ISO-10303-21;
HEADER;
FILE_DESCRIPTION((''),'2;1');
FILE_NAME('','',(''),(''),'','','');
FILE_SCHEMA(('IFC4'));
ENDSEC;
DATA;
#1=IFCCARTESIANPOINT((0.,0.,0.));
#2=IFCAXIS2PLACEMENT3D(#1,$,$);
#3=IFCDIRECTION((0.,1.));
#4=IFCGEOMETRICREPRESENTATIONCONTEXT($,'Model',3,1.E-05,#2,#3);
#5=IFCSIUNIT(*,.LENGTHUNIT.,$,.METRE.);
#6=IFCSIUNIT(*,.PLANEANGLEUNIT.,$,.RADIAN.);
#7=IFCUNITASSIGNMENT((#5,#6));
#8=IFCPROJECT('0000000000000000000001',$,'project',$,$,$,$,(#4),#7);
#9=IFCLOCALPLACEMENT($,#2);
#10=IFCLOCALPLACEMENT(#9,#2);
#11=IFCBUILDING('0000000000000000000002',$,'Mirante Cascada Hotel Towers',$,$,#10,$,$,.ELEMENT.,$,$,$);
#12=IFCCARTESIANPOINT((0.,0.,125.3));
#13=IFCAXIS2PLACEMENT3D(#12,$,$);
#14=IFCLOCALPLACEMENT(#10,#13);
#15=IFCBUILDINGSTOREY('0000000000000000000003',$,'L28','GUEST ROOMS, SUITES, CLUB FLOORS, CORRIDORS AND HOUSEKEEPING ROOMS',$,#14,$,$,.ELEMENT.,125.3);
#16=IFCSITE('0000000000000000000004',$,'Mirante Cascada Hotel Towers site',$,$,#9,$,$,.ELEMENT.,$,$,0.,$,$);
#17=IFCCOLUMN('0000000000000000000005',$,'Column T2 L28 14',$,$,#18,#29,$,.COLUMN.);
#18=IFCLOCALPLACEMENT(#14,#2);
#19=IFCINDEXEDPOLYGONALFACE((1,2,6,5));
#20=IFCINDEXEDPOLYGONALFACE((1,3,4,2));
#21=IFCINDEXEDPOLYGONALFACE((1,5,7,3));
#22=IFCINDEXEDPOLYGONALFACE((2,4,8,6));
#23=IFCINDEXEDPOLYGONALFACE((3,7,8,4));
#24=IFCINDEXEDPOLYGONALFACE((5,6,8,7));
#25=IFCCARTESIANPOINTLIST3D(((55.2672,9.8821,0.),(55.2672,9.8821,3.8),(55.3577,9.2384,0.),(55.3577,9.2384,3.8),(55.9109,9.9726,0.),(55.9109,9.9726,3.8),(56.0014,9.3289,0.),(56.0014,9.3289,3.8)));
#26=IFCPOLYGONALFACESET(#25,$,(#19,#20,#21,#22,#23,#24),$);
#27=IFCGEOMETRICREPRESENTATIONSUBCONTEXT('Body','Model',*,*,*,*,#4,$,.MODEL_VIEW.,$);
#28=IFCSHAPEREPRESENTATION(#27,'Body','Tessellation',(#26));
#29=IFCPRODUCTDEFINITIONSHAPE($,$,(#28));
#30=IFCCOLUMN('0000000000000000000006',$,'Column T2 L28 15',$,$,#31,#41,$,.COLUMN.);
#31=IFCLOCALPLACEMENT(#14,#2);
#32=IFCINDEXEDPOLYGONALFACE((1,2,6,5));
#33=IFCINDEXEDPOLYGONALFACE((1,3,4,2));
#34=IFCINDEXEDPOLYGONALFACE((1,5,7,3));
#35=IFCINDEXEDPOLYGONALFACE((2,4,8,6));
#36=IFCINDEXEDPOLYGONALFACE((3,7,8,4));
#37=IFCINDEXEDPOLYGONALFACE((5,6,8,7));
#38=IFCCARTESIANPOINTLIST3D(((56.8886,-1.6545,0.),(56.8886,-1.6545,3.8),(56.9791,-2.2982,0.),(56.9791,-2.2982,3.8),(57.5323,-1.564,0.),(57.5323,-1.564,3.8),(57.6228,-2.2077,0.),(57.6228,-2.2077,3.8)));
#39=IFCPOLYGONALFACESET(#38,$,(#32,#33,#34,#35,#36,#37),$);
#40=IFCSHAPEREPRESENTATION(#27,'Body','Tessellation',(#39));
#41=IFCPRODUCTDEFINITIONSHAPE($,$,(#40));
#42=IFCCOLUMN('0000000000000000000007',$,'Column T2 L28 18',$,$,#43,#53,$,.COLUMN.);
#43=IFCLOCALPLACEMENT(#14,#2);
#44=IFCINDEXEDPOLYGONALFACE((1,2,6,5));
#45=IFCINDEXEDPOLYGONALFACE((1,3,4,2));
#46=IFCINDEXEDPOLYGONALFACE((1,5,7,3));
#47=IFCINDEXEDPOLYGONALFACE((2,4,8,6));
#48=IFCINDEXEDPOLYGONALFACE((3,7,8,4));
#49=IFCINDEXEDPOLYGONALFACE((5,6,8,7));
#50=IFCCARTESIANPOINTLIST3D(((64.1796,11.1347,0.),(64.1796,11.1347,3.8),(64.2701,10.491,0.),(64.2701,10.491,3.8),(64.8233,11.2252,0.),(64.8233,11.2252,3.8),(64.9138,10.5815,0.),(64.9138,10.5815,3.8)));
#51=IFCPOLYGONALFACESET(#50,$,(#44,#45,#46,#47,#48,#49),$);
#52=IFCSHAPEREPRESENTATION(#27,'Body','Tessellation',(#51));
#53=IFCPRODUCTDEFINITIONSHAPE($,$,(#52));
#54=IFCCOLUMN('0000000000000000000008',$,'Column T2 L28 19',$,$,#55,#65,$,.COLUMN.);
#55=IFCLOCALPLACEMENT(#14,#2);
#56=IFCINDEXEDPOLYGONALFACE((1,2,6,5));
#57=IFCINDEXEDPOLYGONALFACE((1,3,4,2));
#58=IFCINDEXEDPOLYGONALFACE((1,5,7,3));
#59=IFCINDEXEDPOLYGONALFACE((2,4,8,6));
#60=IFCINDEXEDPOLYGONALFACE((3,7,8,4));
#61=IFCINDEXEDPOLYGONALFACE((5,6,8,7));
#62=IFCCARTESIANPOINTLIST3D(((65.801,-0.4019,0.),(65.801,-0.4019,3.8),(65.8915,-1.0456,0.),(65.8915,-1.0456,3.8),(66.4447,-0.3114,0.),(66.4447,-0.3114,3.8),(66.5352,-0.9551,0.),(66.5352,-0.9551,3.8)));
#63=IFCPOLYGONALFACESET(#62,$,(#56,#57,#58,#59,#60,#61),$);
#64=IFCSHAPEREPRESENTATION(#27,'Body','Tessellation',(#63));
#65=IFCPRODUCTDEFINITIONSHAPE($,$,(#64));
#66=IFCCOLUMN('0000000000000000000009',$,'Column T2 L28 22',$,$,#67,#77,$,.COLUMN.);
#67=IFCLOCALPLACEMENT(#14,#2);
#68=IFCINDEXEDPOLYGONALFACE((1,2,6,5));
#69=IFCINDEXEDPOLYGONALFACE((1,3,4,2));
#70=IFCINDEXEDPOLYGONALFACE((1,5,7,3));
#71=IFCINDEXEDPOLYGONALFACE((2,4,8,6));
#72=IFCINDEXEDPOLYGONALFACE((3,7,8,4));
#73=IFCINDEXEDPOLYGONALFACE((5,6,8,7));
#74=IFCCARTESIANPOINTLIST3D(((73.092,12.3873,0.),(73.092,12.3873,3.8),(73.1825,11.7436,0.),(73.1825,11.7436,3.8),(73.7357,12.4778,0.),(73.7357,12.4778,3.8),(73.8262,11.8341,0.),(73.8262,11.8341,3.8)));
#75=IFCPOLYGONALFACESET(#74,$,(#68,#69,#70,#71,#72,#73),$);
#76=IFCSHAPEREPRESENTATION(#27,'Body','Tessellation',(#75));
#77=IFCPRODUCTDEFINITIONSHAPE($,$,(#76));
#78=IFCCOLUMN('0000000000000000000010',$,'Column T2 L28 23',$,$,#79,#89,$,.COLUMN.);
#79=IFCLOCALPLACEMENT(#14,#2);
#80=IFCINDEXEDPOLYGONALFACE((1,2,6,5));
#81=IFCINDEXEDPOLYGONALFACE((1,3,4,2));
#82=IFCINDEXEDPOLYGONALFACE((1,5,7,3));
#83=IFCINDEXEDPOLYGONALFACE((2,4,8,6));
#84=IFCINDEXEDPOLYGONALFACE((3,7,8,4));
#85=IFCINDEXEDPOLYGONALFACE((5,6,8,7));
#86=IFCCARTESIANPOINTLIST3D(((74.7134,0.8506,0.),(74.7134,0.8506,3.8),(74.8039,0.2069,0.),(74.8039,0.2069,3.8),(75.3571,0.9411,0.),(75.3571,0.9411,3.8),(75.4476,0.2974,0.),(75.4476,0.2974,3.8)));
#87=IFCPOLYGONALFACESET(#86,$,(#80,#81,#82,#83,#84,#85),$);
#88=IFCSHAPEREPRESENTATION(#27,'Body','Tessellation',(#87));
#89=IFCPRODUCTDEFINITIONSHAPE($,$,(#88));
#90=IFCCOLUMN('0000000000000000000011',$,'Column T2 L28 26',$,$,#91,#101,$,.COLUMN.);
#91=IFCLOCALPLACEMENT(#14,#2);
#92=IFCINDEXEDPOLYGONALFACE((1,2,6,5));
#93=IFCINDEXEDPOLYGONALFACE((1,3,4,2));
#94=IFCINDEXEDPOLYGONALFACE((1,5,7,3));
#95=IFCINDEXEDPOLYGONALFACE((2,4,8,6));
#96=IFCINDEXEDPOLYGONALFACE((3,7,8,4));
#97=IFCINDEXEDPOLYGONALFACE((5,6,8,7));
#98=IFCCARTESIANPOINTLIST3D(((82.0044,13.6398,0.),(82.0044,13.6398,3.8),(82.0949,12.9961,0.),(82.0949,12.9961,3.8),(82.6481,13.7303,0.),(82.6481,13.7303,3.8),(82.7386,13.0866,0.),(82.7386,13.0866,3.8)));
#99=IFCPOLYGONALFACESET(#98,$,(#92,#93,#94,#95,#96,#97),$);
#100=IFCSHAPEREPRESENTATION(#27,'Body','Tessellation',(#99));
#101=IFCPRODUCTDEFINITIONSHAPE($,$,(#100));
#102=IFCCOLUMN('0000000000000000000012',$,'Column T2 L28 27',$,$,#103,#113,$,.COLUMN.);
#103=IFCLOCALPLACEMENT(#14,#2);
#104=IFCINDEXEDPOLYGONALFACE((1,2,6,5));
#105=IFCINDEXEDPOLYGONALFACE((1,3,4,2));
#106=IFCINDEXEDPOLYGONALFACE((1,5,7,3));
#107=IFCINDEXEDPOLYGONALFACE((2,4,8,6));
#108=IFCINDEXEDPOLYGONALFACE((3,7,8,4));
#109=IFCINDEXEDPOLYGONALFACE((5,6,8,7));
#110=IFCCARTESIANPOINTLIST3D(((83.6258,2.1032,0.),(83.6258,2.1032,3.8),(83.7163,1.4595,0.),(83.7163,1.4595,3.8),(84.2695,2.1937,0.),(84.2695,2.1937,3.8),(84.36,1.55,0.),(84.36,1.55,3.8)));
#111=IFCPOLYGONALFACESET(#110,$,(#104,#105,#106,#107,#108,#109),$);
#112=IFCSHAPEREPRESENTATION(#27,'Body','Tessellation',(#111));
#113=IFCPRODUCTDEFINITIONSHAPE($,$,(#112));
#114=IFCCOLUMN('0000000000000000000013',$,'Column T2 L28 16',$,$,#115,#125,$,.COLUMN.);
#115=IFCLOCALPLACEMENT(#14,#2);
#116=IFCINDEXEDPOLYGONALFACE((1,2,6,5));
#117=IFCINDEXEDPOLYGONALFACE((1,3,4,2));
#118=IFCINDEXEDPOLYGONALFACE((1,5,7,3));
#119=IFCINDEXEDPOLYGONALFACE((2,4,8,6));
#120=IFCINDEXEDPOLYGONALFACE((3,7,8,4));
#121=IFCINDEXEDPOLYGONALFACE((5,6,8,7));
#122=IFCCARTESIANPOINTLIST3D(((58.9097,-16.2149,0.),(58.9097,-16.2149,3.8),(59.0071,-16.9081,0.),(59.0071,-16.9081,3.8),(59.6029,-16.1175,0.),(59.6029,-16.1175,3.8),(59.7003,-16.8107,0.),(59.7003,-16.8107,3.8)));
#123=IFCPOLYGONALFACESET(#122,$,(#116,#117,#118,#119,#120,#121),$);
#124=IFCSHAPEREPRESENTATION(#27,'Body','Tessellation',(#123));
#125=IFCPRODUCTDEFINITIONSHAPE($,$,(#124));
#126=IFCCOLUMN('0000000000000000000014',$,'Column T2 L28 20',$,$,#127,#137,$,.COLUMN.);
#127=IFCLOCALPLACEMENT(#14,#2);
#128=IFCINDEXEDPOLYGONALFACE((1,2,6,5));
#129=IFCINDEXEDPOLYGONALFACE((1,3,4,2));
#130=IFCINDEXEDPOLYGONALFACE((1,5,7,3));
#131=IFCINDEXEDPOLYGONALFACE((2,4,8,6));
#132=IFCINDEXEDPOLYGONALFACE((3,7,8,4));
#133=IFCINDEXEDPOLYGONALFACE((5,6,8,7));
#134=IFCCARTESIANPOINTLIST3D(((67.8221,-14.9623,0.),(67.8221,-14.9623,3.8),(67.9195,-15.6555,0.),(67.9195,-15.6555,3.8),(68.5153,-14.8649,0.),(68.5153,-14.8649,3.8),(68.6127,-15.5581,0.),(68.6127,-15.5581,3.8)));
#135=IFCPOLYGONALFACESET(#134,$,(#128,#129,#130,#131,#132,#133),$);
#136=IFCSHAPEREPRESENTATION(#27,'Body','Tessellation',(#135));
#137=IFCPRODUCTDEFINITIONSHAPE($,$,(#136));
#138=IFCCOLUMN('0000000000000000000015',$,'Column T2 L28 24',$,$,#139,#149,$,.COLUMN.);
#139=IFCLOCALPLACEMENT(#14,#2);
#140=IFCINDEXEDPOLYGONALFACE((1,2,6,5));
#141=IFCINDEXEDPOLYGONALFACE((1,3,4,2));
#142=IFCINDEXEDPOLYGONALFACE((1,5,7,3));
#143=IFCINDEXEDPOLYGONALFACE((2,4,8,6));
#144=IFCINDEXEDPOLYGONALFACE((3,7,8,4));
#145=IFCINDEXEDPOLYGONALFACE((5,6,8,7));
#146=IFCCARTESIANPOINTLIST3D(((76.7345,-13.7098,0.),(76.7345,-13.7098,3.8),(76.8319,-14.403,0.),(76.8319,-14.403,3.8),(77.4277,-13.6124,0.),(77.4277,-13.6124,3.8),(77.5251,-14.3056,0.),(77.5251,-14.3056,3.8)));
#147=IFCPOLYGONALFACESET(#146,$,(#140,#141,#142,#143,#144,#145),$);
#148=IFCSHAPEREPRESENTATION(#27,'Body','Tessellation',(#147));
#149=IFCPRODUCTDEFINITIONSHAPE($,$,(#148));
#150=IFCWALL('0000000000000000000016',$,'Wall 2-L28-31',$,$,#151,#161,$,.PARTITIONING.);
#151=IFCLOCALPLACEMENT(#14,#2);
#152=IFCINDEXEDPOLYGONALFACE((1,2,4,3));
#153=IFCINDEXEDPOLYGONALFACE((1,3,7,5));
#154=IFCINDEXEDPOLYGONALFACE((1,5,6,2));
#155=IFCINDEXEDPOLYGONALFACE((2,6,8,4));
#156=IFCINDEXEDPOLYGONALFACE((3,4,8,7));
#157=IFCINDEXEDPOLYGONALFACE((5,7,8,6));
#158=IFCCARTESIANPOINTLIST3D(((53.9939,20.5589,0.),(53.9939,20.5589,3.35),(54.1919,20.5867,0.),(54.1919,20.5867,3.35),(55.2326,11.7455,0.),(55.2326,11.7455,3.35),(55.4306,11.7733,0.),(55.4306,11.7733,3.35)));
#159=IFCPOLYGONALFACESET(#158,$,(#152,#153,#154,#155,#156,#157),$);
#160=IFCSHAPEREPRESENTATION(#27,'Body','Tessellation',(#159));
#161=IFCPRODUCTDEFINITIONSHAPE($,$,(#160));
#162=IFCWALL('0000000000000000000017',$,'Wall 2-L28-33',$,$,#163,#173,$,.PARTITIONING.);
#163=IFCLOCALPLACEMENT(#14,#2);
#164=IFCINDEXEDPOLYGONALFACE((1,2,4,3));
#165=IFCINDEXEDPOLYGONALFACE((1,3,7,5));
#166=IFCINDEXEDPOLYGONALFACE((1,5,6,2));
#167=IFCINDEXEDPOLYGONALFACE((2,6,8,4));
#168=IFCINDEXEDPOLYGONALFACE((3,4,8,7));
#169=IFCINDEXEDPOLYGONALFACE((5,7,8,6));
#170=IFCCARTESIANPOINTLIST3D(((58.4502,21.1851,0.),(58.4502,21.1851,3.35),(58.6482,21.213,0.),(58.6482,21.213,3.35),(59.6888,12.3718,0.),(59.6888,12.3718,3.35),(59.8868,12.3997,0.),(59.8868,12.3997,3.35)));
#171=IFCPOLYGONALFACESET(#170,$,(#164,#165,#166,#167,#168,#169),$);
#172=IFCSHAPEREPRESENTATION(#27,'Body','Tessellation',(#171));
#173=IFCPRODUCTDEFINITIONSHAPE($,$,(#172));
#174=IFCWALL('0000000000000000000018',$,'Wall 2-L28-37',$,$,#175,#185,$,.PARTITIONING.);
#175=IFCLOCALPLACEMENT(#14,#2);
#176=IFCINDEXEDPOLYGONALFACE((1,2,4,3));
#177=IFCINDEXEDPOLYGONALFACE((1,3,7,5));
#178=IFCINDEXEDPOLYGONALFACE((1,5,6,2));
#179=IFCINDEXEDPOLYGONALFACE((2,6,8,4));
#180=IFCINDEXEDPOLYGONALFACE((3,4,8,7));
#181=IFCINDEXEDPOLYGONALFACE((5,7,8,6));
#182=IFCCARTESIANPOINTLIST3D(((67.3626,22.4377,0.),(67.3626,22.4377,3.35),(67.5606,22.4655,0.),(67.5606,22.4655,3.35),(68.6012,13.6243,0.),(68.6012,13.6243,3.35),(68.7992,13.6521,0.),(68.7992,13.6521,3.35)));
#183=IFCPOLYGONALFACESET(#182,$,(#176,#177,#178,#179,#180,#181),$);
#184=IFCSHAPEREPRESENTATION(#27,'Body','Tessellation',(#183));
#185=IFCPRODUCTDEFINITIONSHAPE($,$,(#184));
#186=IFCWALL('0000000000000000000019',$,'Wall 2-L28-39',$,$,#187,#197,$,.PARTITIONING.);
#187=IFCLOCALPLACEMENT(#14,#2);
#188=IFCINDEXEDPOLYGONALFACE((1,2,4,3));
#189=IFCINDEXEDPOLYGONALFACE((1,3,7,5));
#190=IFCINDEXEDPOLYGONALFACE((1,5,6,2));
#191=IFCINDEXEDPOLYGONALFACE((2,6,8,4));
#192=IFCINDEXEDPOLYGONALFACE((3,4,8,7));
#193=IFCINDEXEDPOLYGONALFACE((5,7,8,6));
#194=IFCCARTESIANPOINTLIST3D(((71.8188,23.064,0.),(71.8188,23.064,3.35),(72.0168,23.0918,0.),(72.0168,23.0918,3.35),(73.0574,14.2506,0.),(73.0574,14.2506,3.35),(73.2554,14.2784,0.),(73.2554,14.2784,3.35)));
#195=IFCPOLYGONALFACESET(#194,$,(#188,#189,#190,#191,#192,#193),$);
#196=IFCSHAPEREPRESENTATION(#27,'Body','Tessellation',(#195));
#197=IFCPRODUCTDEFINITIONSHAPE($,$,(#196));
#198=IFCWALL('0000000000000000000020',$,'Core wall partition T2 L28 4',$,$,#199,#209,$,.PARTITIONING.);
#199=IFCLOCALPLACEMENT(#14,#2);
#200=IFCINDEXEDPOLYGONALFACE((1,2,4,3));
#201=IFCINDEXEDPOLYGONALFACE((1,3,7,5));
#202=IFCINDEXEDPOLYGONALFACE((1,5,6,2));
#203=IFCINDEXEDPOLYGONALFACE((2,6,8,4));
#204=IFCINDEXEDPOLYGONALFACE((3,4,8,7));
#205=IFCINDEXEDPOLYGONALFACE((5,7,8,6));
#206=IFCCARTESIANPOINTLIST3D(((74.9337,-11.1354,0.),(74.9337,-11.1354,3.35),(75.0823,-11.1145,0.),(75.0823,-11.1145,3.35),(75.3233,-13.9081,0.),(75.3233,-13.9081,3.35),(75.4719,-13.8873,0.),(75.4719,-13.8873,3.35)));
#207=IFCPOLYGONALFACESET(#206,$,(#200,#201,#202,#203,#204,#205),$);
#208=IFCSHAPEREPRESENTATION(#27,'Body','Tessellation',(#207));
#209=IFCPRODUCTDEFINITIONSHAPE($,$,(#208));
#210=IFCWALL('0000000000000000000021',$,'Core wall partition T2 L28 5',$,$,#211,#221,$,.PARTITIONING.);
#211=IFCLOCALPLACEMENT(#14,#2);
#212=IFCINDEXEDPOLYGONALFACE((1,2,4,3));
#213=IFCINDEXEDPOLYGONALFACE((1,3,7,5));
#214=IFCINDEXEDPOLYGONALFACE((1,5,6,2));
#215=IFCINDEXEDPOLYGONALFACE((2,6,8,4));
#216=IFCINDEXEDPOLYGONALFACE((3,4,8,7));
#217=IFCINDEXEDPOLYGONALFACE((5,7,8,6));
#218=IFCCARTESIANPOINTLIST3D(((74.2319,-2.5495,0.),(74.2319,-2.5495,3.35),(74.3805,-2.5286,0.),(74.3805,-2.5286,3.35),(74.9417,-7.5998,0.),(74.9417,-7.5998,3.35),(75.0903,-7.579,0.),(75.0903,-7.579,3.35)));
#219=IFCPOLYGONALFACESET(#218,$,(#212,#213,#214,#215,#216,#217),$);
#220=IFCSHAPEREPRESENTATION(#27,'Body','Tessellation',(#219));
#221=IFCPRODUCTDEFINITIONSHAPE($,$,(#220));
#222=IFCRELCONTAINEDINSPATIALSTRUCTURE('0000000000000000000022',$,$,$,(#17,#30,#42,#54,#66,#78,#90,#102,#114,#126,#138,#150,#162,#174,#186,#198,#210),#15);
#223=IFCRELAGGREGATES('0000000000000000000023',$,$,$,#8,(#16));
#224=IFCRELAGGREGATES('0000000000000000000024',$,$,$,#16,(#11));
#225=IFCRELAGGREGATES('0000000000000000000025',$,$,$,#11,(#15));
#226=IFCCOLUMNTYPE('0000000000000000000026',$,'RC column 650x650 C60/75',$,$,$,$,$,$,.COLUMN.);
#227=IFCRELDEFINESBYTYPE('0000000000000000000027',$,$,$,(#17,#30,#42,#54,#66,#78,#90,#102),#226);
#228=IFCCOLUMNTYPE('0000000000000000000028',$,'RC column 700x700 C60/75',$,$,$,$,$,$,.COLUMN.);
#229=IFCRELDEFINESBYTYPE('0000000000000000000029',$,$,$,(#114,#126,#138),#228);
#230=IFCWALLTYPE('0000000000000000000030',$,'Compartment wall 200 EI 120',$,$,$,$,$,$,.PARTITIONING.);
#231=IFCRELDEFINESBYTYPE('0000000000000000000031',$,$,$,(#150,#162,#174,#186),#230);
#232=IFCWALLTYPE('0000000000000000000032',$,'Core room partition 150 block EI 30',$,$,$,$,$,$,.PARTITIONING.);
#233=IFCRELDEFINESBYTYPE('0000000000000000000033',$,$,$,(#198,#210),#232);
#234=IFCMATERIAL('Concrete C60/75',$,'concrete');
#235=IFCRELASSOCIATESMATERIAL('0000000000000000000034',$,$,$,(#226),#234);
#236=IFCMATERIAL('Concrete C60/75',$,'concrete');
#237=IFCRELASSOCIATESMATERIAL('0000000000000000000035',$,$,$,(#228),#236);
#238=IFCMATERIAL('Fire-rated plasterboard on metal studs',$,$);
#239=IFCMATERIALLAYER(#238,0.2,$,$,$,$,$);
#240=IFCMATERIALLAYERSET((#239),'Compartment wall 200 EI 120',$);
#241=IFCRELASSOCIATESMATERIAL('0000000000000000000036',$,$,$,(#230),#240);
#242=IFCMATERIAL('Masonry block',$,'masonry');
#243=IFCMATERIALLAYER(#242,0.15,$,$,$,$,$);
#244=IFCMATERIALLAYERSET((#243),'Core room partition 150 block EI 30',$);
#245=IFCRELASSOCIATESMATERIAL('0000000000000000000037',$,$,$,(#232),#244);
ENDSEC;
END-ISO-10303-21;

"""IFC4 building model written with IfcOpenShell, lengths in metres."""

from ifc_helpers import new_model, si_unit, direction, frame, frame_2d, origin, origin_2d, place, context, subcontext, project, spatial, rectangle, extrude, material, layer, layer_set, material_profile, profile_set, type_object, element, save


model = new_model("IFC4")

# Units and contexts
model_context = context("Model", 3, precision=1e-05, world=origin(), true_north=direction((0.0, 1.0)))
body_context = subcontext(model_context, "Body", "Model", "MODEL_VIEW")
ifc_project = project(units=[si_unit("LENGTHUNIT", "METRE"), si_unit("PLANEANGLEUNIT", "RADIAN")], contexts=[model_context])

# Site, building, storey
site_placement = place(None, origin())
site = spatial("IfcSite", under=ifc_project, at=site_placement, Name="Mirante Cascada Hotel Towers site", CompositionType="ELEMENT", RefElevation=0.0)
building_placement = place(site_placement, origin())
building = spatial("IfcBuilding", under=site, at=building_placement, Name="Mirante Cascada Hotel Towers", CompositionType="ELEMENT")
storey_placement = place(building_placement, frame((0.0, 0.0, 125.3)))
storey = spatial("IfcBuildingStorey", under=building, at=storey_placement, Name="L28", Description="GUEST ROOMS, SUITES, CLUB FLOORS, CORRIDORS AND HOUSEKEEPING ROOMS", CompositionType="ELEMENT", Elevation=125.3)

# Columns
ifc_material_1 = material(Name="Concrete C60/75", Category="concrete")
ifc_material_profile_1 = material_profile(ifc_material_1, rectangle(XDim=0.65, YDim=0.65, at=origin_2d()), Name="RC column 650x650 C60/75")
ifc_profile_set_1 = profile_set([ifc_material_profile_1], Name="Concrete C60/75")
column_type_1 = type_object("IfcColumnType", Name="RC column 650x650 C60/75", PredefinedType="COLUMN", material=ifc_profile_set_1)
for number, where, z_axis, x_axis, name in (
    (1, (55.6343, 9.6055, 0.0), (0.0, 0.0, 1.0), (0.990268, 0.139173, 0.0), "Column T2 L28 14"),
    (2, (57.2557, -1.9311, 0.0), (0.0, 0.0, 1.0), (0.990268, 0.139173, 0.0), "Column T2 L28 15"),
    (3, (64.5467, 10.8581, 0.0), (0.0, 0.0, 1.0), (0.990268, 0.139173, 0.0), "Column T2 L28 18"),
    (4, (66.1681, -0.6785, 0.0), (0.0, 0.0, 1.0), (0.990268, 0.139173, 0.0), "Column T2 L28 19"),
    (5, (73.4591, 12.1107, 0.0), (0.0, 0.0, 1.0), (0.990268, 0.139173, 0.0), "Column T2 L28 22"),
    (6, (75.0805, 0.574, 0.0), (0.0, 0.0, 1.0), (0.990268, 0.139173, 0.0), "Column T2 L28 23"),
    (7, (82.3715, 13.3632, 0.0), (0.0, 0.0, 1.0), (0.990268, 0.139173, 0.0), "Column T2 L28 26"),
    (8, (83.9929, 1.8266, 0.0), (0.0, 0.0, 1.0), (0.990268, 0.139173, 0.0), "Column T2 L28 27"),
):
    element("IfcColumn", number, at=place(storey_placement, frame(where, z_axis=z_axis, x_axis=x_axis)), inside=storey, type_object=column_type_1, Name=name, PredefinedType="COLUMN", context=body_context, shape_type="SweptSolid", body=[
        extrude(rectangle(XDim=0.65, YDim=0.65, at=origin_2d()), origin(), (0.0, 0.0, 1.0), 3.8),
    ])
ifc_material_2 = material(Name="Concrete C60/75", Category="concrete")
ifc_material_profile_2 = material_profile(ifc_material_2, rectangle(XDim=0.7, YDim=0.7, at=origin_2d()), Name="RC column 700x700 C60/75")
ifc_profile_set_2 = profile_set([ifc_material_profile_2], Name="Concrete C60/75")
column_type_2 = type_object("IfcColumnType", Name="RC column 700x700 C60/75", PredefinedType="COLUMN", material=ifc_profile_set_2)
for number, where, z_axis, x_axis, name in (
    (9, (59.305, -16.5128, 0.0), (0.0, 0.0, 1.0), (0.990268, 0.139173, 0.0), "Column T2 L28 16"),
    (10, (68.2174, -15.2602, 0.0), (0.0, 0.0, 1.0), (0.990268, 0.139173, 0.0), "Column T2 L28 20"),
    (11, (77.1298, -14.0077, 0.0), (0.0, 0.0, 1.0), (0.990268, 0.139173, 0.0), "Column T2 L28 24"),
):
    element("IfcColumn", number, at=place(storey_placement, frame(where, z_axis=z_axis, x_axis=x_axis)), inside=storey, type_object=column_type_2, Name=name, PredefinedType="COLUMN", context=body_context, shape_type="SweptSolid", body=[
        extrude(rectangle(XDim=0.7, YDim=0.7, at=origin_2d()), origin(), (0.0, 0.0, 1.0), 3.8),
    ])

# Walls
ifc_material_3 = material(Name="Fire-rated plasterboard on metal studs")
ifc_layer_1 = layer(ifc_material_3, 0.2)
ifc_layer_set_1 = layer_set([ifc_layer_1], Name="Compartment wall 200 EI 120")
wall_type_1 = type_object("IfcWallType", Name="Compartment wall 200 EI 120", PredefinedType="PARTITIONING", material=ifc_layer_set_1)
wall_1_placement = place(storey_placement, frame((55.3316, 11.7594, 0.0), z_axis=(0.0, 0.0, 1.0), x_axis=(-0.139179, 0.990267, 0.0)))
element("IfcWall", 12, at=wall_1_placement, inside=storey, type_object=wall_type_1, Name="Wall 2-L28-31", PredefinedType="PARTITIONING", context=body_context, shape_type="SweptSolid", body=[
    extrude(rectangle(XDim=8.9, YDim=0.2, at=frame_2d((4.45, 0.0))), origin(), (0.0, 0.0, 1.0), 3.35),
])
wall_2_placement = place(storey_placement, frame((59.7878, 12.3857, 0.0), z_axis=(0.0, 0.0, 1.0), x_axis=(-0.13917, 0.990268, 0.0)))
element("IfcWall", 13, at=wall_2_placement, inside=storey, type_object=wall_type_1, Name="Wall 2-L28-33", PredefinedType="PARTITIONING", context=body_context, shape_type="SweptSolid", body=[
    extrude(rectangle(XDim=8.8999, YDim=0.2, at=frame_2d((4.45, 0.0))), origin(), (0.0, 0.0, 1.0), 3.35),
])
for number, where, z_axis, x_axis, name in (
    (14, (68.7002, 13.6382, 0.0), (0.0, 0.0, 1.0), (-0.139168, 0.990269, 0.0), "Wall 2-L28-37"),
    (15, (73.1564, 14.2645, 0.0), (0.0, 0.0, 1.0), (-0.139168, 0.990269, 0.0), "Wall 2-L28-39"),
):
    element("IfcWall", number, at=place(storey_placement, frame(where, z_axis=z_axis, x_axis=x_axis)), inside=storey, type_object=wall_type_1, Name=name, PredefinedType="PARTITIONING", context=body_context, shape_type="SweptSolid", body=[
        extrude(rectangle(XDim=8.9, YDim=0.2, at=frame_2d((4.45, 0.0))), origin(), (0.0, 0.0, 1.0), 3.35),
    ])
ifc_material_4 = material(Name="Masonry block", Category="masonry")
ifc_layer_2 = layer(ifc_material_4, 0.15)
ifc_layer_set_2 = layer_set([ifc_layer_2], Name="Core room partition 150 block EI 30")
wall_type_2 = type_object("IfcWallType", Name="Core room partition 150 block EI 30", PredefinedType="PARTITIONING", material=ifc_layer_set_2)
wall_3_placement = place(storey_placement, frame((75.3976, -13.8977, 0.0), z_axis=(0.0, 0.0, 1.0), x_axis=(-0.139141, 0.990273, 0.0)))
element("IfcWall", 16, at=wall_3_placement, inside=storey, type_object=wall_type_2, Name="Core wall partition T2 L28 4", PredefinedType="PARTITIONING", context=body_context, shape_type="SweptSolid", body=[
    extrude(rectangle(XDim=2.8, YDim=0.15, at=frame_2d((1.4, 0.0))), origin(), (0.0, 0.0, 1.0), 3.35),
])
wall_4_placement = place(storey_placement, frame((75.016, -7.5894, 0.0), z_axis=(0.0, 0.0, 1.0), x_axis=(-0.139176, 0.990268, 0.0)))
element("IfcWall", 17, at=wall_4_placement, inside=storey, type_object=wall_type_2, Name="Core wall partition T2 L28 5", PredefinedType="PARTITIONING", context=body_context, shape_type="SweptSolid", body=[
    extrude(rectangle(XDim=5.1, YDim=0.15, at=frame_2d((2.55, 0.0))), origin(), (0.0, 0.0, 1.0), 3.35),
])

save(model, "model.ifc")
